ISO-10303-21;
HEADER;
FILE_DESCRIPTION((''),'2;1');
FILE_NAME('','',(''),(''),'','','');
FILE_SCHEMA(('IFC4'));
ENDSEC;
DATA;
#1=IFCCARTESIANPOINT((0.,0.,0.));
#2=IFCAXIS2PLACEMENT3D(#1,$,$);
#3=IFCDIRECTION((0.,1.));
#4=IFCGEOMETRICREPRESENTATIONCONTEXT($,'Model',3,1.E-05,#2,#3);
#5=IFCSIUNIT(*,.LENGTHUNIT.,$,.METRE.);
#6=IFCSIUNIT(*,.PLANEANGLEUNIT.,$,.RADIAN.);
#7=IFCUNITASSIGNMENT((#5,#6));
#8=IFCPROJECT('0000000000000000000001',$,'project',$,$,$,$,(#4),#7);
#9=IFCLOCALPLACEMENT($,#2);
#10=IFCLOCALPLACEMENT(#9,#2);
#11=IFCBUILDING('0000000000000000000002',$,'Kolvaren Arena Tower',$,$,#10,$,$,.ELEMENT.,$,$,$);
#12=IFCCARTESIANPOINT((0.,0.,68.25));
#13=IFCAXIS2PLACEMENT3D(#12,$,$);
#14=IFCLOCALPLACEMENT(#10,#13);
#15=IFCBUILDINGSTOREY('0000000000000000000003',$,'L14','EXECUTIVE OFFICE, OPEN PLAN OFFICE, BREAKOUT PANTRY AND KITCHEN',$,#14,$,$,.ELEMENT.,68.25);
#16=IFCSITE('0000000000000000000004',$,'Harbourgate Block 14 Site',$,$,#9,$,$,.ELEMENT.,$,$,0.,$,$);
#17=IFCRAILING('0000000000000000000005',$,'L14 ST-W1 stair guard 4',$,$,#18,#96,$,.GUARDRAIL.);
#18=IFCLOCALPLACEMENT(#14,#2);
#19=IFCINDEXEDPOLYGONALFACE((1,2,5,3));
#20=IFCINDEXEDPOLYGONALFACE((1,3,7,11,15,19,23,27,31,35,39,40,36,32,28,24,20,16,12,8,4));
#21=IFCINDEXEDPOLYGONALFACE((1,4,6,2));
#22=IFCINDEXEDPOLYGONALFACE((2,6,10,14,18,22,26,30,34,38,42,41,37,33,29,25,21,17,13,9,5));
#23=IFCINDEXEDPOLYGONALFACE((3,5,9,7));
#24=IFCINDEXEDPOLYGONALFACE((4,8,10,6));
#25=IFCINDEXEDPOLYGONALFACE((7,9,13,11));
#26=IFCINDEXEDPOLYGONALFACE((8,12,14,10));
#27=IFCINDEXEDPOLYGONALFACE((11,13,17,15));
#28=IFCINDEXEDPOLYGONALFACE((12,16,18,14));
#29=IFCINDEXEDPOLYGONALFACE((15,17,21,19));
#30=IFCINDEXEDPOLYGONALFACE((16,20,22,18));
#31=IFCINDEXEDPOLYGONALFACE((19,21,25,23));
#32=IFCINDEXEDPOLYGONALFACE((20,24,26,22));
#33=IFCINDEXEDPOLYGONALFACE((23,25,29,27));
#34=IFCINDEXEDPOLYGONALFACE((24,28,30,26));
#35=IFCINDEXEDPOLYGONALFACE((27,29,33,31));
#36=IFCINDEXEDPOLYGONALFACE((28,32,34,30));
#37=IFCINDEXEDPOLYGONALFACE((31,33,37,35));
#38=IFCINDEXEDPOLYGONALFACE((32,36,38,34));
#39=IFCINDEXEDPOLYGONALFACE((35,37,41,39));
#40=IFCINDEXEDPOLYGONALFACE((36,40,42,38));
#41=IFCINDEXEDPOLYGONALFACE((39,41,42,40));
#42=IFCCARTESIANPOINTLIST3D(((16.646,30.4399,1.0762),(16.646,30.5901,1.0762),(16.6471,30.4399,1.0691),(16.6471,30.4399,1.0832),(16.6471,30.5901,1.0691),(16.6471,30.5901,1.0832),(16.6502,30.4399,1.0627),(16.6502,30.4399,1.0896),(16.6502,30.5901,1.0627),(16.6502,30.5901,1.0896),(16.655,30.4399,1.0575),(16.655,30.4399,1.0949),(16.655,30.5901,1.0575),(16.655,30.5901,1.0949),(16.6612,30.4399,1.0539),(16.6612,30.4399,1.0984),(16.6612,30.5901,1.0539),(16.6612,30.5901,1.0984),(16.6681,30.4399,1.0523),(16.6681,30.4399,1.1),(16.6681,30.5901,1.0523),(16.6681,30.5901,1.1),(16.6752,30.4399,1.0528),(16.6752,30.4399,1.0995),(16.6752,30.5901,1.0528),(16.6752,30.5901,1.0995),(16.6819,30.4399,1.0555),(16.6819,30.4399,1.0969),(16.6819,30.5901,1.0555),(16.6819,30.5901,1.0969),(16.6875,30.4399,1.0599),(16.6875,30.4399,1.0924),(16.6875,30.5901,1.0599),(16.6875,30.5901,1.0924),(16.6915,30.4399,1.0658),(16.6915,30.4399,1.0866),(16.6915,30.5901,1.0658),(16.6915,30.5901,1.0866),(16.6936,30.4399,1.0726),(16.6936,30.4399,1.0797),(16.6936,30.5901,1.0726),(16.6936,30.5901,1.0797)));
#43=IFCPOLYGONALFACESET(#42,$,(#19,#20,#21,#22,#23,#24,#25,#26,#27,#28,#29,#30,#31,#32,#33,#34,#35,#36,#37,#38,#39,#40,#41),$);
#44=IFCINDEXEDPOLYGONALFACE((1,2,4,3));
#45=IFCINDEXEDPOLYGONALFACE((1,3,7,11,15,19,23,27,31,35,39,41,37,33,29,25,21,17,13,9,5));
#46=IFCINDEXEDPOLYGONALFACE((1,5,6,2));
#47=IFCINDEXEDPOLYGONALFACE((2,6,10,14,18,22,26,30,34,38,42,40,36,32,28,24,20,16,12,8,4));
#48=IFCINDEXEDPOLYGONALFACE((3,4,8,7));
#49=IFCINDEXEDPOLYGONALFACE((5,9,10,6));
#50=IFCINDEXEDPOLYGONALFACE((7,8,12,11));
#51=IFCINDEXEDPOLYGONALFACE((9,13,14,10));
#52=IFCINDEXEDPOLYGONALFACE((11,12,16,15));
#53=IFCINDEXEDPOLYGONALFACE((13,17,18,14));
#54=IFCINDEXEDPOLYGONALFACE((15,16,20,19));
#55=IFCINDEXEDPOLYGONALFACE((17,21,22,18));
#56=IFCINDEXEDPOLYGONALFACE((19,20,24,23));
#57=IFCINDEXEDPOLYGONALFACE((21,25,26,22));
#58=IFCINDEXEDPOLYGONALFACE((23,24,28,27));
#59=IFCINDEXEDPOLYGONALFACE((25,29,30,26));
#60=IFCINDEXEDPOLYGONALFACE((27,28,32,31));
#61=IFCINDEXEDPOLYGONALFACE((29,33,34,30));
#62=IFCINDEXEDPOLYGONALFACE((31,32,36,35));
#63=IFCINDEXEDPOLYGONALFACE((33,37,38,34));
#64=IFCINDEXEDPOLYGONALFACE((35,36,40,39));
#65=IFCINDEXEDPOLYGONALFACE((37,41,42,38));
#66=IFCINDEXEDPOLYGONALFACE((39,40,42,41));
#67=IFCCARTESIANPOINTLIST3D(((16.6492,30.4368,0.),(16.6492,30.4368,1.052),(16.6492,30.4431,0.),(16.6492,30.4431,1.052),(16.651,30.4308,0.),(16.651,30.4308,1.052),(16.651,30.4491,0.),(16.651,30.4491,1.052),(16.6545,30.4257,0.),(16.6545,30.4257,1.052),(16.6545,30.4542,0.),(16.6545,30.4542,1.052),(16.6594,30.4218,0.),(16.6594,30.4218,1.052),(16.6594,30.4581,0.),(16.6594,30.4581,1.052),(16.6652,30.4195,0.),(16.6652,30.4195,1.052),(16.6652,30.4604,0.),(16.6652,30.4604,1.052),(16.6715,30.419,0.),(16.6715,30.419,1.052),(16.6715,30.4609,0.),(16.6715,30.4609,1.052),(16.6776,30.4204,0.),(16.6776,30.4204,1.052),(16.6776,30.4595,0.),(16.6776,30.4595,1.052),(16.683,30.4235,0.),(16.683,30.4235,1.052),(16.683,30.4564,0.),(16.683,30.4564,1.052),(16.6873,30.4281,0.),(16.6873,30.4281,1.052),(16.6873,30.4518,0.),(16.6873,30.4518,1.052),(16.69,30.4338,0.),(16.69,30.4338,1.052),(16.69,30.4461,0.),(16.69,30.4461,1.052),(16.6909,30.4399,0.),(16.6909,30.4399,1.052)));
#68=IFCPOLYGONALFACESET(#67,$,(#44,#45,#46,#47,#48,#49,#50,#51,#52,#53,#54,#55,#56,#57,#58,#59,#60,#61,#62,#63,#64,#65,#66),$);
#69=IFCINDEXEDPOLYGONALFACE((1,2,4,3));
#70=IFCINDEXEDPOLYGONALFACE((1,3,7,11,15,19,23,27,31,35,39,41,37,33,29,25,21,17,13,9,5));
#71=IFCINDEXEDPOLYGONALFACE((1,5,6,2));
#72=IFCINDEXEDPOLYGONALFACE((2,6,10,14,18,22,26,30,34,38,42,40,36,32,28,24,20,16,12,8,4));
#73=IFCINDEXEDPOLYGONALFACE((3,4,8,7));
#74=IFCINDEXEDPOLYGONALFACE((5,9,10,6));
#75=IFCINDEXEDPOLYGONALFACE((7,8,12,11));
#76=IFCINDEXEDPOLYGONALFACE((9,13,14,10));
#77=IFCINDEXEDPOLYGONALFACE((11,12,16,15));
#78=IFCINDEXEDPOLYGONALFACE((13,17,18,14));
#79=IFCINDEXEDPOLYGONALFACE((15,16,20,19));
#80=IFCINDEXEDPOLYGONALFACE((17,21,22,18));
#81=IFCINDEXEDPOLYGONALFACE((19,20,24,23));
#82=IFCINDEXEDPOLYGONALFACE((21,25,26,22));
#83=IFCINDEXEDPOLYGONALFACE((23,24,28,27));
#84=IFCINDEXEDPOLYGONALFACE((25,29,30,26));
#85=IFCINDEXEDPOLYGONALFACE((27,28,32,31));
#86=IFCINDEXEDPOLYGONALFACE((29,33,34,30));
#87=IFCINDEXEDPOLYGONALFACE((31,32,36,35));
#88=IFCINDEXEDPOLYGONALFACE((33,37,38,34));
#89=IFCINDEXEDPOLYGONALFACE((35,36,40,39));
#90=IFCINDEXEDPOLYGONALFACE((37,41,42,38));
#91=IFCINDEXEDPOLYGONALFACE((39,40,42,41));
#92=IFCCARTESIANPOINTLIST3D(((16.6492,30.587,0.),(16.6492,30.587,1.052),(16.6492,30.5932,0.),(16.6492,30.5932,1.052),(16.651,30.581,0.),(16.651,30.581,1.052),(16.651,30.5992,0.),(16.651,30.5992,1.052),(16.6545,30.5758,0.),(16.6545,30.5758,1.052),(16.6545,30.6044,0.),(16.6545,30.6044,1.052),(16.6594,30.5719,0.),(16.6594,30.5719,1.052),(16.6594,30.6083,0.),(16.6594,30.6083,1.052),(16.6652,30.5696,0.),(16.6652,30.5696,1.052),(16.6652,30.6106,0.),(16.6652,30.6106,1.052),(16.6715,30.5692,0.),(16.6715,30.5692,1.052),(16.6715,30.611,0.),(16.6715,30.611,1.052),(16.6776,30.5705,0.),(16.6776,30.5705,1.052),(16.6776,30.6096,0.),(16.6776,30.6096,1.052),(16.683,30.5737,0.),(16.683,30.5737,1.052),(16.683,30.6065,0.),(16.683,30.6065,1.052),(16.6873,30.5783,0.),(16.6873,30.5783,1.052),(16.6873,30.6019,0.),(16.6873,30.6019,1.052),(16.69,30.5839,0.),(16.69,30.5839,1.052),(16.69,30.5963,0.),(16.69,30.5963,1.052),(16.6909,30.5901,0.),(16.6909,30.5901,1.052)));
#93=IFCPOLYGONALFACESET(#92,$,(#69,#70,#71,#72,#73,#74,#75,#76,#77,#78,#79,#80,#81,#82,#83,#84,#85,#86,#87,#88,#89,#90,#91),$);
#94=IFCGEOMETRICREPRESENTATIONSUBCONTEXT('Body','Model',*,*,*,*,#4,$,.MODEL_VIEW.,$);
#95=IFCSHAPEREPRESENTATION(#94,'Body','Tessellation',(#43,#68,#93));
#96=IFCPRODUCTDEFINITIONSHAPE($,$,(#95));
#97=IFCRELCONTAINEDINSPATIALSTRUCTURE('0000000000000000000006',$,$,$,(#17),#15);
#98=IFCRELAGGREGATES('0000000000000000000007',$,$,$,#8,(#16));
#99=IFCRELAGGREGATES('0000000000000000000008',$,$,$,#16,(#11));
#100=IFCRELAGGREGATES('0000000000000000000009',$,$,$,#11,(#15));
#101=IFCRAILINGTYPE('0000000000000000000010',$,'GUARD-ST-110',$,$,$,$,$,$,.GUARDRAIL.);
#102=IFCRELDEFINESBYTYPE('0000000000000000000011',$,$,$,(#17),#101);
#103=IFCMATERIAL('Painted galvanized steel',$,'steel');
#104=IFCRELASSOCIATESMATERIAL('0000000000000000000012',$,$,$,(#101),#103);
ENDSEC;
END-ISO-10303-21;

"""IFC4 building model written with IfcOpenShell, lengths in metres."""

from ifc_helpers import new_model, si_unit, direction, frame, origin, origin_2d, place, context, subcontext, project, spatial, circle, extrude, material, type_object, element, save


model = new_model("IFC4")

# Units and contexts
model_context = context("Model", 3, precision=1e-05, world=origin(), true_north=direction((0.0, 1.0)))
body_context = subcontext(model_context, "Body", "Model", "MODEL_VIEW")
ifc_project = project(units=[si_unit("LENGTHUNIT", "METRE"), si_unit("PLANEANGLEUNIT", "RADIAN")], contexts=[model_context])

# Site, building, storey
site_placement = place(None, origin())
site = spatial("IfcSite", under=ifc_project, at=site_placement, Name="Harbourgate Block 14 Site", CompositionType="ELEMENT", RefElevation=0.0)
building_placement = place(site_placement, origin())
building = spatial("IfcBuilding", under=site, at=building_placement, Name="Kolvaren Arena Tower", CompositionType="ELEMENT")
storey_placement = place(building_placement, frame((0.0, 0.0, 68.25)))
storey = spatial("IfcBuildingStorey", under=building, at=storey_placement, Name="L14", Description="EXECUTIVE OFFICE, OPEN PLAN OFFICE, BREAKOUT PANTRY AND KITCHEN", CompositionType="ELEMENT", Elevation=68.25)

# Railing
ifc_material_1 = material(Name="Painted galvanized steel", Category="steel")
railing_type_1 = type_object("IfcRailingType", Name="GUARD-ST-110", PredefinedType="GUARDRAIL", material=ifc_material_1)
railing_1_placement = place(storey_placement, frame((16.6699, 30.4399, 0.0)))
element("IfcRailing", 1, at=railing_1_placement, inside=storey, type_object=railing_type_1, Name="L14 ST-W1 stair guard 4", PredefinedType="GUARDRAIL", context=body_context, shape_type="SweptSolid", body=[
    extrude(circle(Radius=0.0239, at=origin_2d()), frame((0.0, 0.0, 1.0762), z_axis=(0.0, 1.0, 0.0), x_axis=(-1.0, 0.0, 0.0)), (0.0, 0.0, 1.0), 0.1501),
    extrude(circle(Radius=0.021, at=origin_2d()), origin(), (0.0, 0.0, 1.0), 1.052),
    extrude(circle(Radius=0.021, at=origin_2d()), frame((0.0, 0.1501, 0.0)), (0.0, 0.0, 1.0), 1.052),
])

save(model, "model.ifc")
